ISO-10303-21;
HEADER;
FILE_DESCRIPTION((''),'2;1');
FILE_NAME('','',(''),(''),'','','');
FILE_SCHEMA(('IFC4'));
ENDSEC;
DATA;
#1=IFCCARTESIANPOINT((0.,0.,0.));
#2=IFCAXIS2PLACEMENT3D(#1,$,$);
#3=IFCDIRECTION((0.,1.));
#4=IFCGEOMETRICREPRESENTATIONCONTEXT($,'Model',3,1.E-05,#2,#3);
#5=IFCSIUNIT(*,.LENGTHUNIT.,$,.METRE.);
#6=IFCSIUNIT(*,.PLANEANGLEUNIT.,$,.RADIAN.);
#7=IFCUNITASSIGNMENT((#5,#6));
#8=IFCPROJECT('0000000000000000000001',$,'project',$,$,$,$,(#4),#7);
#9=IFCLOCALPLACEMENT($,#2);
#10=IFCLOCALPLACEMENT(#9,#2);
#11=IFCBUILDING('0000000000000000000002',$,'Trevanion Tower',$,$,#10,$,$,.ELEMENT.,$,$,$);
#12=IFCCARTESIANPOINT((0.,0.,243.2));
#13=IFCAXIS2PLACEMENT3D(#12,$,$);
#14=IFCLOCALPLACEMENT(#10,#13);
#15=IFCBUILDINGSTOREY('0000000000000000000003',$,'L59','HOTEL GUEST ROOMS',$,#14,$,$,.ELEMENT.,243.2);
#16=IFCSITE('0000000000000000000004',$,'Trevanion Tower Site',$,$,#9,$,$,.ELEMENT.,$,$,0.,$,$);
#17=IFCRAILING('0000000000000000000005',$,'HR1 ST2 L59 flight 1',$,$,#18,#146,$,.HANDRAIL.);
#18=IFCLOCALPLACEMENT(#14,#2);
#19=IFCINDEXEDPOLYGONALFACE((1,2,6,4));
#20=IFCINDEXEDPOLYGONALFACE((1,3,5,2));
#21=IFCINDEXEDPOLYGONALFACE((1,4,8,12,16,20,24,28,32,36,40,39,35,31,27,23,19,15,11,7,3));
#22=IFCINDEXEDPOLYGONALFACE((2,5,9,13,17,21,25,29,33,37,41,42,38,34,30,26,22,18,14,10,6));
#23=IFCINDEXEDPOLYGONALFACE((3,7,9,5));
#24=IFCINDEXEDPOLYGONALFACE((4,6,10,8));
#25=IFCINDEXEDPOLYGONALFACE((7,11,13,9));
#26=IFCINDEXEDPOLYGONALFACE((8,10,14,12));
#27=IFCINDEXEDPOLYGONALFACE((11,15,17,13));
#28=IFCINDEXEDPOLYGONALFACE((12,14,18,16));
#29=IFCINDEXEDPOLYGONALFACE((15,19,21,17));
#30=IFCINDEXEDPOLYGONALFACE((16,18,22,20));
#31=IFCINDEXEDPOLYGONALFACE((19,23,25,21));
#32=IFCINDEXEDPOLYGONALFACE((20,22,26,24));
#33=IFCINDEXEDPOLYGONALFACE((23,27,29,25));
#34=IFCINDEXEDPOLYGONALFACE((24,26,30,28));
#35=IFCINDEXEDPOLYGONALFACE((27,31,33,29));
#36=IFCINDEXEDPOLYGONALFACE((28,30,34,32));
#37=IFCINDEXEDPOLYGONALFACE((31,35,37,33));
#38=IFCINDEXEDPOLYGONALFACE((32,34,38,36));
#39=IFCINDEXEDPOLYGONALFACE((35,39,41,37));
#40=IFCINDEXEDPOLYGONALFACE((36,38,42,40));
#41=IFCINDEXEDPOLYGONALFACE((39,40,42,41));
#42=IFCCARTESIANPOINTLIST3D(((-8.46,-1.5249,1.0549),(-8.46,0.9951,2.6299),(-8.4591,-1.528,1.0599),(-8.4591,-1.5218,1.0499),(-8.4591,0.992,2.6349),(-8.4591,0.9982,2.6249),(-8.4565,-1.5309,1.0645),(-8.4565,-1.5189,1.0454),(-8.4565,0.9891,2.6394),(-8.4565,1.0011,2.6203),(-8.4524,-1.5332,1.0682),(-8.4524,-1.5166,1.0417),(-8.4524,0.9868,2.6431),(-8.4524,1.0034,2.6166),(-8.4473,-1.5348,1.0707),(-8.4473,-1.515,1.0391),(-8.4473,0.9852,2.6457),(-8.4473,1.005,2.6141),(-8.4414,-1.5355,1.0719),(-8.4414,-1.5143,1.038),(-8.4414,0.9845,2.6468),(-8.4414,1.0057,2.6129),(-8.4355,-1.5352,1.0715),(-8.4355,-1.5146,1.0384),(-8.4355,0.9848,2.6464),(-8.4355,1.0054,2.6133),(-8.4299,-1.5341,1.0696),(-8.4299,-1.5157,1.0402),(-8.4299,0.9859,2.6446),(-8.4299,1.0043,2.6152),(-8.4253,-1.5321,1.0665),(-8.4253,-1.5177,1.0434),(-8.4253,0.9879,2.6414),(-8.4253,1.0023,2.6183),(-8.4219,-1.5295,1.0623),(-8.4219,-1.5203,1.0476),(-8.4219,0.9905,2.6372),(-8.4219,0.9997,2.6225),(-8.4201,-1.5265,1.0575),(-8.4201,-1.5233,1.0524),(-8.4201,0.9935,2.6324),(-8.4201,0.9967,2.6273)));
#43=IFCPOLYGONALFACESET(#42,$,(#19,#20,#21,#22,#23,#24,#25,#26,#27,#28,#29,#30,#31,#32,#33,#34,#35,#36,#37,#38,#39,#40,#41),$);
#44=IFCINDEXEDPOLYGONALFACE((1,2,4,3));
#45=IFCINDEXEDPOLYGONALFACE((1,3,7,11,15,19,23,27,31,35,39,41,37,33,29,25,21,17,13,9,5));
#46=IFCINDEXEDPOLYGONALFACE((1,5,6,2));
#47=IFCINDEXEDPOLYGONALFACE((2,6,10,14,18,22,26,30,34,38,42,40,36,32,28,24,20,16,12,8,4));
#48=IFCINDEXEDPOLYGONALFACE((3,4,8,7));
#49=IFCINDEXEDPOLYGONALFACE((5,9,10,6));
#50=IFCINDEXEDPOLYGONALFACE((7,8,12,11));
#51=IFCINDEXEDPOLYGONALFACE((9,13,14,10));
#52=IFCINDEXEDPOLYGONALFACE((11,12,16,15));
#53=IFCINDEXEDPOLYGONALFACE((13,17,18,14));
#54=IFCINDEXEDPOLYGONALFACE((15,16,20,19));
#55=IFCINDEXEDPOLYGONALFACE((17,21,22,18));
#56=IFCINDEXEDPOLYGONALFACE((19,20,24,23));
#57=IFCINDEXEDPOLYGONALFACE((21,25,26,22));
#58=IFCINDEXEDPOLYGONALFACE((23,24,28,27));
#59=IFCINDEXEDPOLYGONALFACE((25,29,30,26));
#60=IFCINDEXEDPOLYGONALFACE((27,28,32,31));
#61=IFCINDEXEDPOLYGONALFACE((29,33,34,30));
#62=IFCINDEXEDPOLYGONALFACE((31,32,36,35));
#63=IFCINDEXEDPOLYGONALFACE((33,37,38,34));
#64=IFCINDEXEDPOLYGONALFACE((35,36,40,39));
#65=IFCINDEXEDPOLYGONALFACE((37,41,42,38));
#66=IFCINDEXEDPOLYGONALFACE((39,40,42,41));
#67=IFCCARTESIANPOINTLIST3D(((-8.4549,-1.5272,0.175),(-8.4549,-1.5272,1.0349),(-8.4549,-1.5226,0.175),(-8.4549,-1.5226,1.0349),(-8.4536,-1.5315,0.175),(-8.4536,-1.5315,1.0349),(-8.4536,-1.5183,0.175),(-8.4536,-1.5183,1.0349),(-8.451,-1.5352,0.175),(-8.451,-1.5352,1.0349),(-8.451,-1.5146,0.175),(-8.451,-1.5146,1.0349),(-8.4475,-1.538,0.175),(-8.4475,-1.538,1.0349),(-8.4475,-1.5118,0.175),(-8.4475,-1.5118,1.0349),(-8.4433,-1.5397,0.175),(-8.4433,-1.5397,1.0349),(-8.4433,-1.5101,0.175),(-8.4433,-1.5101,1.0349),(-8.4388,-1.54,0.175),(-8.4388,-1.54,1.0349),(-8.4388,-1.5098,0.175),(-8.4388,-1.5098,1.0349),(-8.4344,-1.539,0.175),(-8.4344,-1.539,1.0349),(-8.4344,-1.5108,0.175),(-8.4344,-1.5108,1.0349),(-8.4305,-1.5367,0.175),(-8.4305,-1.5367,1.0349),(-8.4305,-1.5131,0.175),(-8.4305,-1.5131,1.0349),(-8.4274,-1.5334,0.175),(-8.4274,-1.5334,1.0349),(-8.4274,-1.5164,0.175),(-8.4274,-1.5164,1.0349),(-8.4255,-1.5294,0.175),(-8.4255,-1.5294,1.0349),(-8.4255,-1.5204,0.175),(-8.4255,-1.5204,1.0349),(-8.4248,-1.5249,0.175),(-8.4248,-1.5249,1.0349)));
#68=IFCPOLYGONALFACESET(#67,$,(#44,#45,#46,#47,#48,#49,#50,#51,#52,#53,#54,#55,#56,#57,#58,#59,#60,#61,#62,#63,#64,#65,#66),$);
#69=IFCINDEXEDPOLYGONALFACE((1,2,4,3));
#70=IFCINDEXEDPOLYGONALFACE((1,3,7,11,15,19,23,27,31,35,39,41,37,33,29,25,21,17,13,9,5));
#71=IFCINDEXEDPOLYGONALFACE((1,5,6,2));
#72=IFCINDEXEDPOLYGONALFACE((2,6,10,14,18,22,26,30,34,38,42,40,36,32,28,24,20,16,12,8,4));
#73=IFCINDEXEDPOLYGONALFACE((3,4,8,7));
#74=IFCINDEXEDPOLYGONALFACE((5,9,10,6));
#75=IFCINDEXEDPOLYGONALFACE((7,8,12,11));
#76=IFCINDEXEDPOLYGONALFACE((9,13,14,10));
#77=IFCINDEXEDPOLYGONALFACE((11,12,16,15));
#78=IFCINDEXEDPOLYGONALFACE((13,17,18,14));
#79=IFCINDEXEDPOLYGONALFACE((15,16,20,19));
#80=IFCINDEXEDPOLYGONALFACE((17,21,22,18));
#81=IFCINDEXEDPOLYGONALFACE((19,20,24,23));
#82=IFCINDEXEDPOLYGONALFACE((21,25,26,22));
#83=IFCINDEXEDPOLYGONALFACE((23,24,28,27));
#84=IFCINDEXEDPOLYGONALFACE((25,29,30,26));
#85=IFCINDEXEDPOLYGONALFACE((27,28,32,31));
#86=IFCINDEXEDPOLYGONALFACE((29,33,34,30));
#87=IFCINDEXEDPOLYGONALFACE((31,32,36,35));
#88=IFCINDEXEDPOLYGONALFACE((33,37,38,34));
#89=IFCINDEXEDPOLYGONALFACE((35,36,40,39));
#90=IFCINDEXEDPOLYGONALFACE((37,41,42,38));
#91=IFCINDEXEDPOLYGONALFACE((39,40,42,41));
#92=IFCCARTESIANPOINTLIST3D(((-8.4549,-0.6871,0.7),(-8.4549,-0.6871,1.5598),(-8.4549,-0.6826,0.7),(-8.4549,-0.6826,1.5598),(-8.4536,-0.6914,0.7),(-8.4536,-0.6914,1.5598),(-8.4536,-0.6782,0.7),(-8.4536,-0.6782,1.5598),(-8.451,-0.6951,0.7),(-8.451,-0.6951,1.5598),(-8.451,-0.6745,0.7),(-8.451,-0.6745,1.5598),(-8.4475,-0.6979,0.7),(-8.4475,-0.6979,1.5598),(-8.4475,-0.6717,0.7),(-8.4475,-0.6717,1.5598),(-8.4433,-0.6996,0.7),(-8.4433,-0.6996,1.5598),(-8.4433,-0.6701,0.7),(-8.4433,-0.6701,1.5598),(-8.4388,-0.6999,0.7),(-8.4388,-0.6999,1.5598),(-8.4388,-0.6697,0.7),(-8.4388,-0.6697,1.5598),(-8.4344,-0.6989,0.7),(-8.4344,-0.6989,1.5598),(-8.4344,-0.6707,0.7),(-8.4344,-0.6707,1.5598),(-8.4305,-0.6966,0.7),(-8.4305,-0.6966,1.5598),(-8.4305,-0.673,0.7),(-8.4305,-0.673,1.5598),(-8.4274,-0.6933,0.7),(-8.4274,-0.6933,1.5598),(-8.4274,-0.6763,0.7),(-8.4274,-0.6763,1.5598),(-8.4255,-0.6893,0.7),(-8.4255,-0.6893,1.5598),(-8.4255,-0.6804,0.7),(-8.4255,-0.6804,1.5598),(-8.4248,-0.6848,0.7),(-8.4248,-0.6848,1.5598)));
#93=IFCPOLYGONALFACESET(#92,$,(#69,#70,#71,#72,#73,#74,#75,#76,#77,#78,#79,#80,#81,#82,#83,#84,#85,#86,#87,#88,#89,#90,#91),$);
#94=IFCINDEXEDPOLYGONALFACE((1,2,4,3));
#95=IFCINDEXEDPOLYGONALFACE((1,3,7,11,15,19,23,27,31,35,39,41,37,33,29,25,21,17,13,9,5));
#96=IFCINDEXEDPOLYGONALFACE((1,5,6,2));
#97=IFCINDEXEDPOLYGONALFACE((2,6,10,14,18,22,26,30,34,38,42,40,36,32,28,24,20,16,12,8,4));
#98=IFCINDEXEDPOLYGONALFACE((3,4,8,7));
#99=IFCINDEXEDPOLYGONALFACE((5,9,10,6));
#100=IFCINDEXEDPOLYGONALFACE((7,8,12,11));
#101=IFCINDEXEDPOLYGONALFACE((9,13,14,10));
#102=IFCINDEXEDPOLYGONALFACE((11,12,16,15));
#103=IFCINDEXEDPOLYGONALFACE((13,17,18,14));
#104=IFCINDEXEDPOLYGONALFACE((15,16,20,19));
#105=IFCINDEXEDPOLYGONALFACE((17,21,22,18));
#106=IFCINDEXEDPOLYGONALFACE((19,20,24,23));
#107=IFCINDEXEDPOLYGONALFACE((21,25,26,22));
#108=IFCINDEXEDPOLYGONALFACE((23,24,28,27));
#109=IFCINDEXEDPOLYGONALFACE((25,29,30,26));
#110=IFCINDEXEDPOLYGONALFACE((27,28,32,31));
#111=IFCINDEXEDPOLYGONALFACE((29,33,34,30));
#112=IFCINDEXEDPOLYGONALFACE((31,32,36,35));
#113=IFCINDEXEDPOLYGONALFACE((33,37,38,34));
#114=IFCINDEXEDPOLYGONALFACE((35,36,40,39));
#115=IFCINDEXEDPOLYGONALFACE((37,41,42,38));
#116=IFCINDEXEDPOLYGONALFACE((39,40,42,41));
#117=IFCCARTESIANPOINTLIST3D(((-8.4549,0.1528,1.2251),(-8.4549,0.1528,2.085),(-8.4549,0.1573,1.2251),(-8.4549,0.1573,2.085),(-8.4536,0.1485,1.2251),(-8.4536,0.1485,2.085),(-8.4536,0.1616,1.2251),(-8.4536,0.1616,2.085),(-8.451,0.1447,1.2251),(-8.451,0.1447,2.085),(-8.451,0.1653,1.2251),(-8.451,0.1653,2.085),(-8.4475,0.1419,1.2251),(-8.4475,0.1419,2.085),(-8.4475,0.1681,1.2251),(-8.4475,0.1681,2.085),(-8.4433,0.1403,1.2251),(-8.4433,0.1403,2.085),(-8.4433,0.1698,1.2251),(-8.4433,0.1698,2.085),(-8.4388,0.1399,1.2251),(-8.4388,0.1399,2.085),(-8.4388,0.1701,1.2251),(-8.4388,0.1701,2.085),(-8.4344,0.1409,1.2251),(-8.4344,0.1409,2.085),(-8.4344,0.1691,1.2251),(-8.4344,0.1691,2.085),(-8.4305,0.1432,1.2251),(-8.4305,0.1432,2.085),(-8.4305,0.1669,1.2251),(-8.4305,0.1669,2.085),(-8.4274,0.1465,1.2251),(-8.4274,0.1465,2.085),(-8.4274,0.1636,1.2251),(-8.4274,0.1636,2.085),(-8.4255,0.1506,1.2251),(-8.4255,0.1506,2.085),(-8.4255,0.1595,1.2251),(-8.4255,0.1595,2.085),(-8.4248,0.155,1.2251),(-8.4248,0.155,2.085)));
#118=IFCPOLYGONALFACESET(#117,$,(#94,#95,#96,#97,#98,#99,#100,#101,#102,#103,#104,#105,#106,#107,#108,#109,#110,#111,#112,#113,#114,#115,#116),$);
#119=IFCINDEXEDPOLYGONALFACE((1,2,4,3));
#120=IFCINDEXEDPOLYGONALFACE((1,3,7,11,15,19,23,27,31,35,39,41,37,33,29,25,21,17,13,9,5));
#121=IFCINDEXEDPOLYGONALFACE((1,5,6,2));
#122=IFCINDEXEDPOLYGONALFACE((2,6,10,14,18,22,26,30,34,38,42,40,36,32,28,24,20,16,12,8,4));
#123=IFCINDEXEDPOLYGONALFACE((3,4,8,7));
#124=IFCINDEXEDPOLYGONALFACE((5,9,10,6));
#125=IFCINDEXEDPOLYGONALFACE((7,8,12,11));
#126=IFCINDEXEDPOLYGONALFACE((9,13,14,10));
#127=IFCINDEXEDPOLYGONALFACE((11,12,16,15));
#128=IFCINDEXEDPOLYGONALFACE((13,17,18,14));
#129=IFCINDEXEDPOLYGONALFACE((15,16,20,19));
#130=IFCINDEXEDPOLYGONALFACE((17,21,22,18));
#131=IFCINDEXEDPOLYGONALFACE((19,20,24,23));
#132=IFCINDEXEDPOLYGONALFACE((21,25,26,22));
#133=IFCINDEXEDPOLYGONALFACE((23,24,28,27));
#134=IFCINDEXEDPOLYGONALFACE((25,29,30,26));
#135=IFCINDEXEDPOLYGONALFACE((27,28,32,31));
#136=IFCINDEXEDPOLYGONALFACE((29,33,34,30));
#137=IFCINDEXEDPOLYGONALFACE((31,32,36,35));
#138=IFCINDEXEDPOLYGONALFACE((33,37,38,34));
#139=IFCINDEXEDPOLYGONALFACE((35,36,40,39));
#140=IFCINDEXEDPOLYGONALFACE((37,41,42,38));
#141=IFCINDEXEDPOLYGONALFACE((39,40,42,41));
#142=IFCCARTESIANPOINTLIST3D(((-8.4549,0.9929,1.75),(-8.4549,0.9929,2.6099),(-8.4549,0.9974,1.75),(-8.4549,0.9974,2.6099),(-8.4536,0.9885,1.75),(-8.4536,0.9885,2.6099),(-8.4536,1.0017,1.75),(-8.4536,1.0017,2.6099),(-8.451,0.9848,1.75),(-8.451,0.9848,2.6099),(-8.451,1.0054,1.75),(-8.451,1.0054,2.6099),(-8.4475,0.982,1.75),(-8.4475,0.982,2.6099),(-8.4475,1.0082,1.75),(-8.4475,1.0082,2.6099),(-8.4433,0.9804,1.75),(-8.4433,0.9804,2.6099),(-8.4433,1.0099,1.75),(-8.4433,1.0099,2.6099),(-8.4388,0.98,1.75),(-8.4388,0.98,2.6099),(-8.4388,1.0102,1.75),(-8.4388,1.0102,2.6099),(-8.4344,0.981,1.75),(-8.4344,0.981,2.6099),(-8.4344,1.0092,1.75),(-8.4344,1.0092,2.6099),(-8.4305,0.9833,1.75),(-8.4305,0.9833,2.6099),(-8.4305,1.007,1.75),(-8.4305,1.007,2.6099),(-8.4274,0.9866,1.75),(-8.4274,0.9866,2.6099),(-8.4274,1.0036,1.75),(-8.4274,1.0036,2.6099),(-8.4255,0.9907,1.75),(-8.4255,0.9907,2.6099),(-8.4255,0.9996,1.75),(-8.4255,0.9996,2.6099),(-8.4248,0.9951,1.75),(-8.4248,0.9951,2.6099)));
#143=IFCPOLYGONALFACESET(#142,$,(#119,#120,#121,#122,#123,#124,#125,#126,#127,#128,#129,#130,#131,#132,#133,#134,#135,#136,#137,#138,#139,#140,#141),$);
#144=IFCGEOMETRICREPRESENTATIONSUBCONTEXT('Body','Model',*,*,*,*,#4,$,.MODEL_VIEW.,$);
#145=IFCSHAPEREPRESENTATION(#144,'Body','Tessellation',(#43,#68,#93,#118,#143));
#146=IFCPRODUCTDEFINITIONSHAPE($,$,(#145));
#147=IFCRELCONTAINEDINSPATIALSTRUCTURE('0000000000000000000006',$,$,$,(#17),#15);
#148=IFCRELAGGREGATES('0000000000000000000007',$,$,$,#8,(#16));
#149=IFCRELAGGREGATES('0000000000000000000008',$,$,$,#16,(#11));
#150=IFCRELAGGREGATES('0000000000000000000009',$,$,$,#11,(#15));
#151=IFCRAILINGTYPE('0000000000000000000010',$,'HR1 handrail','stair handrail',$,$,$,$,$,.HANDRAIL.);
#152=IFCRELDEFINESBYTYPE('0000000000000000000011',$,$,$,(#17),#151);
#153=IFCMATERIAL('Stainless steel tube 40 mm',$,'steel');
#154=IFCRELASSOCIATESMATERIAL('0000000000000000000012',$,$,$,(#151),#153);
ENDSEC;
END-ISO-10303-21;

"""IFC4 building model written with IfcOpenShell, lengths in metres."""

from ifc_helpers import new_model, si_unit, direction, frame, origin, origin_2d, place, context, subcontext, project, spatial, circle, extrude, material, type_object, element, save


model = new_model("IFC4")

# Units and contexts
model_context = context("Model", 3, precision=1e-05, world=origin(), true_north=direction((0.0, 1.0)))
body_context = subcontext(model_context, "Body", "Model", "MODEL_VIEW")
ifc_project = project(units=[si_unit("LENGTHUNIT", "METRE"), si_unit("PLANEANGLEUNIT", "RADIAN")], contexts=[model_context])

# Site, building, storey
site_placement = place(None, origin())
site = spatial("IfcSite", under=ifc_project, at=site_placement, Name="Trevanion Tower Site", CompositionType="ELEMENT", RefElevation=0.0)
building_placement = place(site_placement, origin())
building = spatial("IfcBuilding", under=site, at=building_placement, Name="Trevanion Tower", CompositionType="ELEMENT")
storey_placement = place(building_placement, frame((0.0, 0.0, 243.2)))
storey = spatial("IfcBuildingStorey", under=building, at=storey_placement, Name="L59", Description="HOTEL GUEST ROOMS", CompositionType="ELEMENT", Elevation=243.2)

# Railing
ifc_material_1 = material(Name="Stainless steel tube 40 mm", Category="steel")
railing_type = type_object("IfcRailingType", Name="HR1 handrail", Description="stair handrail", PredefinedType="HANDRAIL", material=ifc_material_1)
for number, where, name in (
    (1, (-8.4399, -1.5249, 0.175), "HR1 ST2 L59 flight 1"),
):
    element("IfcRailing", number, at=place(storey_placement, frame(where)), inside=storey, type_object=railing_type, Name=name, PredefinedType="HANDRAIL", context=body_context, shape_type="SweptSolid", body=[
        extrude(circle(Radius=0.02, at=origin_2d()), frame((0.0, 0.0, 0.8799), z_axis=(0.0, 0.848008, 0.529984), x_axis=(-1.0, 0.0, 0.0)), (0.0, 0.0, 1.0), 2.9717),
        extrude(circle(Radius=0.0151, at=origin_2d()), origin(), (0.0, 0.0, 1.0), 0.8599),
        extrude(circle(Radius=0.0151, at=origin_2d()), frame((0.0, 0.8401, 0.5249)), (0.0, 0.0, 1.0), 0.8599),
        extrude(circle(Radius=0.0151, at=origin_2d()), frame((0.0, 1.6799, 1.05)), (0.0, 0.0, 1.0), 0.8599),
        extrude(circle(Radius=0.0151, at=origin_2d()), frame((0.0, 2.52, 1.575)), (0.0, 0.0, 1.0), 0.8599),
    ])

save(model, "model.ifc")
